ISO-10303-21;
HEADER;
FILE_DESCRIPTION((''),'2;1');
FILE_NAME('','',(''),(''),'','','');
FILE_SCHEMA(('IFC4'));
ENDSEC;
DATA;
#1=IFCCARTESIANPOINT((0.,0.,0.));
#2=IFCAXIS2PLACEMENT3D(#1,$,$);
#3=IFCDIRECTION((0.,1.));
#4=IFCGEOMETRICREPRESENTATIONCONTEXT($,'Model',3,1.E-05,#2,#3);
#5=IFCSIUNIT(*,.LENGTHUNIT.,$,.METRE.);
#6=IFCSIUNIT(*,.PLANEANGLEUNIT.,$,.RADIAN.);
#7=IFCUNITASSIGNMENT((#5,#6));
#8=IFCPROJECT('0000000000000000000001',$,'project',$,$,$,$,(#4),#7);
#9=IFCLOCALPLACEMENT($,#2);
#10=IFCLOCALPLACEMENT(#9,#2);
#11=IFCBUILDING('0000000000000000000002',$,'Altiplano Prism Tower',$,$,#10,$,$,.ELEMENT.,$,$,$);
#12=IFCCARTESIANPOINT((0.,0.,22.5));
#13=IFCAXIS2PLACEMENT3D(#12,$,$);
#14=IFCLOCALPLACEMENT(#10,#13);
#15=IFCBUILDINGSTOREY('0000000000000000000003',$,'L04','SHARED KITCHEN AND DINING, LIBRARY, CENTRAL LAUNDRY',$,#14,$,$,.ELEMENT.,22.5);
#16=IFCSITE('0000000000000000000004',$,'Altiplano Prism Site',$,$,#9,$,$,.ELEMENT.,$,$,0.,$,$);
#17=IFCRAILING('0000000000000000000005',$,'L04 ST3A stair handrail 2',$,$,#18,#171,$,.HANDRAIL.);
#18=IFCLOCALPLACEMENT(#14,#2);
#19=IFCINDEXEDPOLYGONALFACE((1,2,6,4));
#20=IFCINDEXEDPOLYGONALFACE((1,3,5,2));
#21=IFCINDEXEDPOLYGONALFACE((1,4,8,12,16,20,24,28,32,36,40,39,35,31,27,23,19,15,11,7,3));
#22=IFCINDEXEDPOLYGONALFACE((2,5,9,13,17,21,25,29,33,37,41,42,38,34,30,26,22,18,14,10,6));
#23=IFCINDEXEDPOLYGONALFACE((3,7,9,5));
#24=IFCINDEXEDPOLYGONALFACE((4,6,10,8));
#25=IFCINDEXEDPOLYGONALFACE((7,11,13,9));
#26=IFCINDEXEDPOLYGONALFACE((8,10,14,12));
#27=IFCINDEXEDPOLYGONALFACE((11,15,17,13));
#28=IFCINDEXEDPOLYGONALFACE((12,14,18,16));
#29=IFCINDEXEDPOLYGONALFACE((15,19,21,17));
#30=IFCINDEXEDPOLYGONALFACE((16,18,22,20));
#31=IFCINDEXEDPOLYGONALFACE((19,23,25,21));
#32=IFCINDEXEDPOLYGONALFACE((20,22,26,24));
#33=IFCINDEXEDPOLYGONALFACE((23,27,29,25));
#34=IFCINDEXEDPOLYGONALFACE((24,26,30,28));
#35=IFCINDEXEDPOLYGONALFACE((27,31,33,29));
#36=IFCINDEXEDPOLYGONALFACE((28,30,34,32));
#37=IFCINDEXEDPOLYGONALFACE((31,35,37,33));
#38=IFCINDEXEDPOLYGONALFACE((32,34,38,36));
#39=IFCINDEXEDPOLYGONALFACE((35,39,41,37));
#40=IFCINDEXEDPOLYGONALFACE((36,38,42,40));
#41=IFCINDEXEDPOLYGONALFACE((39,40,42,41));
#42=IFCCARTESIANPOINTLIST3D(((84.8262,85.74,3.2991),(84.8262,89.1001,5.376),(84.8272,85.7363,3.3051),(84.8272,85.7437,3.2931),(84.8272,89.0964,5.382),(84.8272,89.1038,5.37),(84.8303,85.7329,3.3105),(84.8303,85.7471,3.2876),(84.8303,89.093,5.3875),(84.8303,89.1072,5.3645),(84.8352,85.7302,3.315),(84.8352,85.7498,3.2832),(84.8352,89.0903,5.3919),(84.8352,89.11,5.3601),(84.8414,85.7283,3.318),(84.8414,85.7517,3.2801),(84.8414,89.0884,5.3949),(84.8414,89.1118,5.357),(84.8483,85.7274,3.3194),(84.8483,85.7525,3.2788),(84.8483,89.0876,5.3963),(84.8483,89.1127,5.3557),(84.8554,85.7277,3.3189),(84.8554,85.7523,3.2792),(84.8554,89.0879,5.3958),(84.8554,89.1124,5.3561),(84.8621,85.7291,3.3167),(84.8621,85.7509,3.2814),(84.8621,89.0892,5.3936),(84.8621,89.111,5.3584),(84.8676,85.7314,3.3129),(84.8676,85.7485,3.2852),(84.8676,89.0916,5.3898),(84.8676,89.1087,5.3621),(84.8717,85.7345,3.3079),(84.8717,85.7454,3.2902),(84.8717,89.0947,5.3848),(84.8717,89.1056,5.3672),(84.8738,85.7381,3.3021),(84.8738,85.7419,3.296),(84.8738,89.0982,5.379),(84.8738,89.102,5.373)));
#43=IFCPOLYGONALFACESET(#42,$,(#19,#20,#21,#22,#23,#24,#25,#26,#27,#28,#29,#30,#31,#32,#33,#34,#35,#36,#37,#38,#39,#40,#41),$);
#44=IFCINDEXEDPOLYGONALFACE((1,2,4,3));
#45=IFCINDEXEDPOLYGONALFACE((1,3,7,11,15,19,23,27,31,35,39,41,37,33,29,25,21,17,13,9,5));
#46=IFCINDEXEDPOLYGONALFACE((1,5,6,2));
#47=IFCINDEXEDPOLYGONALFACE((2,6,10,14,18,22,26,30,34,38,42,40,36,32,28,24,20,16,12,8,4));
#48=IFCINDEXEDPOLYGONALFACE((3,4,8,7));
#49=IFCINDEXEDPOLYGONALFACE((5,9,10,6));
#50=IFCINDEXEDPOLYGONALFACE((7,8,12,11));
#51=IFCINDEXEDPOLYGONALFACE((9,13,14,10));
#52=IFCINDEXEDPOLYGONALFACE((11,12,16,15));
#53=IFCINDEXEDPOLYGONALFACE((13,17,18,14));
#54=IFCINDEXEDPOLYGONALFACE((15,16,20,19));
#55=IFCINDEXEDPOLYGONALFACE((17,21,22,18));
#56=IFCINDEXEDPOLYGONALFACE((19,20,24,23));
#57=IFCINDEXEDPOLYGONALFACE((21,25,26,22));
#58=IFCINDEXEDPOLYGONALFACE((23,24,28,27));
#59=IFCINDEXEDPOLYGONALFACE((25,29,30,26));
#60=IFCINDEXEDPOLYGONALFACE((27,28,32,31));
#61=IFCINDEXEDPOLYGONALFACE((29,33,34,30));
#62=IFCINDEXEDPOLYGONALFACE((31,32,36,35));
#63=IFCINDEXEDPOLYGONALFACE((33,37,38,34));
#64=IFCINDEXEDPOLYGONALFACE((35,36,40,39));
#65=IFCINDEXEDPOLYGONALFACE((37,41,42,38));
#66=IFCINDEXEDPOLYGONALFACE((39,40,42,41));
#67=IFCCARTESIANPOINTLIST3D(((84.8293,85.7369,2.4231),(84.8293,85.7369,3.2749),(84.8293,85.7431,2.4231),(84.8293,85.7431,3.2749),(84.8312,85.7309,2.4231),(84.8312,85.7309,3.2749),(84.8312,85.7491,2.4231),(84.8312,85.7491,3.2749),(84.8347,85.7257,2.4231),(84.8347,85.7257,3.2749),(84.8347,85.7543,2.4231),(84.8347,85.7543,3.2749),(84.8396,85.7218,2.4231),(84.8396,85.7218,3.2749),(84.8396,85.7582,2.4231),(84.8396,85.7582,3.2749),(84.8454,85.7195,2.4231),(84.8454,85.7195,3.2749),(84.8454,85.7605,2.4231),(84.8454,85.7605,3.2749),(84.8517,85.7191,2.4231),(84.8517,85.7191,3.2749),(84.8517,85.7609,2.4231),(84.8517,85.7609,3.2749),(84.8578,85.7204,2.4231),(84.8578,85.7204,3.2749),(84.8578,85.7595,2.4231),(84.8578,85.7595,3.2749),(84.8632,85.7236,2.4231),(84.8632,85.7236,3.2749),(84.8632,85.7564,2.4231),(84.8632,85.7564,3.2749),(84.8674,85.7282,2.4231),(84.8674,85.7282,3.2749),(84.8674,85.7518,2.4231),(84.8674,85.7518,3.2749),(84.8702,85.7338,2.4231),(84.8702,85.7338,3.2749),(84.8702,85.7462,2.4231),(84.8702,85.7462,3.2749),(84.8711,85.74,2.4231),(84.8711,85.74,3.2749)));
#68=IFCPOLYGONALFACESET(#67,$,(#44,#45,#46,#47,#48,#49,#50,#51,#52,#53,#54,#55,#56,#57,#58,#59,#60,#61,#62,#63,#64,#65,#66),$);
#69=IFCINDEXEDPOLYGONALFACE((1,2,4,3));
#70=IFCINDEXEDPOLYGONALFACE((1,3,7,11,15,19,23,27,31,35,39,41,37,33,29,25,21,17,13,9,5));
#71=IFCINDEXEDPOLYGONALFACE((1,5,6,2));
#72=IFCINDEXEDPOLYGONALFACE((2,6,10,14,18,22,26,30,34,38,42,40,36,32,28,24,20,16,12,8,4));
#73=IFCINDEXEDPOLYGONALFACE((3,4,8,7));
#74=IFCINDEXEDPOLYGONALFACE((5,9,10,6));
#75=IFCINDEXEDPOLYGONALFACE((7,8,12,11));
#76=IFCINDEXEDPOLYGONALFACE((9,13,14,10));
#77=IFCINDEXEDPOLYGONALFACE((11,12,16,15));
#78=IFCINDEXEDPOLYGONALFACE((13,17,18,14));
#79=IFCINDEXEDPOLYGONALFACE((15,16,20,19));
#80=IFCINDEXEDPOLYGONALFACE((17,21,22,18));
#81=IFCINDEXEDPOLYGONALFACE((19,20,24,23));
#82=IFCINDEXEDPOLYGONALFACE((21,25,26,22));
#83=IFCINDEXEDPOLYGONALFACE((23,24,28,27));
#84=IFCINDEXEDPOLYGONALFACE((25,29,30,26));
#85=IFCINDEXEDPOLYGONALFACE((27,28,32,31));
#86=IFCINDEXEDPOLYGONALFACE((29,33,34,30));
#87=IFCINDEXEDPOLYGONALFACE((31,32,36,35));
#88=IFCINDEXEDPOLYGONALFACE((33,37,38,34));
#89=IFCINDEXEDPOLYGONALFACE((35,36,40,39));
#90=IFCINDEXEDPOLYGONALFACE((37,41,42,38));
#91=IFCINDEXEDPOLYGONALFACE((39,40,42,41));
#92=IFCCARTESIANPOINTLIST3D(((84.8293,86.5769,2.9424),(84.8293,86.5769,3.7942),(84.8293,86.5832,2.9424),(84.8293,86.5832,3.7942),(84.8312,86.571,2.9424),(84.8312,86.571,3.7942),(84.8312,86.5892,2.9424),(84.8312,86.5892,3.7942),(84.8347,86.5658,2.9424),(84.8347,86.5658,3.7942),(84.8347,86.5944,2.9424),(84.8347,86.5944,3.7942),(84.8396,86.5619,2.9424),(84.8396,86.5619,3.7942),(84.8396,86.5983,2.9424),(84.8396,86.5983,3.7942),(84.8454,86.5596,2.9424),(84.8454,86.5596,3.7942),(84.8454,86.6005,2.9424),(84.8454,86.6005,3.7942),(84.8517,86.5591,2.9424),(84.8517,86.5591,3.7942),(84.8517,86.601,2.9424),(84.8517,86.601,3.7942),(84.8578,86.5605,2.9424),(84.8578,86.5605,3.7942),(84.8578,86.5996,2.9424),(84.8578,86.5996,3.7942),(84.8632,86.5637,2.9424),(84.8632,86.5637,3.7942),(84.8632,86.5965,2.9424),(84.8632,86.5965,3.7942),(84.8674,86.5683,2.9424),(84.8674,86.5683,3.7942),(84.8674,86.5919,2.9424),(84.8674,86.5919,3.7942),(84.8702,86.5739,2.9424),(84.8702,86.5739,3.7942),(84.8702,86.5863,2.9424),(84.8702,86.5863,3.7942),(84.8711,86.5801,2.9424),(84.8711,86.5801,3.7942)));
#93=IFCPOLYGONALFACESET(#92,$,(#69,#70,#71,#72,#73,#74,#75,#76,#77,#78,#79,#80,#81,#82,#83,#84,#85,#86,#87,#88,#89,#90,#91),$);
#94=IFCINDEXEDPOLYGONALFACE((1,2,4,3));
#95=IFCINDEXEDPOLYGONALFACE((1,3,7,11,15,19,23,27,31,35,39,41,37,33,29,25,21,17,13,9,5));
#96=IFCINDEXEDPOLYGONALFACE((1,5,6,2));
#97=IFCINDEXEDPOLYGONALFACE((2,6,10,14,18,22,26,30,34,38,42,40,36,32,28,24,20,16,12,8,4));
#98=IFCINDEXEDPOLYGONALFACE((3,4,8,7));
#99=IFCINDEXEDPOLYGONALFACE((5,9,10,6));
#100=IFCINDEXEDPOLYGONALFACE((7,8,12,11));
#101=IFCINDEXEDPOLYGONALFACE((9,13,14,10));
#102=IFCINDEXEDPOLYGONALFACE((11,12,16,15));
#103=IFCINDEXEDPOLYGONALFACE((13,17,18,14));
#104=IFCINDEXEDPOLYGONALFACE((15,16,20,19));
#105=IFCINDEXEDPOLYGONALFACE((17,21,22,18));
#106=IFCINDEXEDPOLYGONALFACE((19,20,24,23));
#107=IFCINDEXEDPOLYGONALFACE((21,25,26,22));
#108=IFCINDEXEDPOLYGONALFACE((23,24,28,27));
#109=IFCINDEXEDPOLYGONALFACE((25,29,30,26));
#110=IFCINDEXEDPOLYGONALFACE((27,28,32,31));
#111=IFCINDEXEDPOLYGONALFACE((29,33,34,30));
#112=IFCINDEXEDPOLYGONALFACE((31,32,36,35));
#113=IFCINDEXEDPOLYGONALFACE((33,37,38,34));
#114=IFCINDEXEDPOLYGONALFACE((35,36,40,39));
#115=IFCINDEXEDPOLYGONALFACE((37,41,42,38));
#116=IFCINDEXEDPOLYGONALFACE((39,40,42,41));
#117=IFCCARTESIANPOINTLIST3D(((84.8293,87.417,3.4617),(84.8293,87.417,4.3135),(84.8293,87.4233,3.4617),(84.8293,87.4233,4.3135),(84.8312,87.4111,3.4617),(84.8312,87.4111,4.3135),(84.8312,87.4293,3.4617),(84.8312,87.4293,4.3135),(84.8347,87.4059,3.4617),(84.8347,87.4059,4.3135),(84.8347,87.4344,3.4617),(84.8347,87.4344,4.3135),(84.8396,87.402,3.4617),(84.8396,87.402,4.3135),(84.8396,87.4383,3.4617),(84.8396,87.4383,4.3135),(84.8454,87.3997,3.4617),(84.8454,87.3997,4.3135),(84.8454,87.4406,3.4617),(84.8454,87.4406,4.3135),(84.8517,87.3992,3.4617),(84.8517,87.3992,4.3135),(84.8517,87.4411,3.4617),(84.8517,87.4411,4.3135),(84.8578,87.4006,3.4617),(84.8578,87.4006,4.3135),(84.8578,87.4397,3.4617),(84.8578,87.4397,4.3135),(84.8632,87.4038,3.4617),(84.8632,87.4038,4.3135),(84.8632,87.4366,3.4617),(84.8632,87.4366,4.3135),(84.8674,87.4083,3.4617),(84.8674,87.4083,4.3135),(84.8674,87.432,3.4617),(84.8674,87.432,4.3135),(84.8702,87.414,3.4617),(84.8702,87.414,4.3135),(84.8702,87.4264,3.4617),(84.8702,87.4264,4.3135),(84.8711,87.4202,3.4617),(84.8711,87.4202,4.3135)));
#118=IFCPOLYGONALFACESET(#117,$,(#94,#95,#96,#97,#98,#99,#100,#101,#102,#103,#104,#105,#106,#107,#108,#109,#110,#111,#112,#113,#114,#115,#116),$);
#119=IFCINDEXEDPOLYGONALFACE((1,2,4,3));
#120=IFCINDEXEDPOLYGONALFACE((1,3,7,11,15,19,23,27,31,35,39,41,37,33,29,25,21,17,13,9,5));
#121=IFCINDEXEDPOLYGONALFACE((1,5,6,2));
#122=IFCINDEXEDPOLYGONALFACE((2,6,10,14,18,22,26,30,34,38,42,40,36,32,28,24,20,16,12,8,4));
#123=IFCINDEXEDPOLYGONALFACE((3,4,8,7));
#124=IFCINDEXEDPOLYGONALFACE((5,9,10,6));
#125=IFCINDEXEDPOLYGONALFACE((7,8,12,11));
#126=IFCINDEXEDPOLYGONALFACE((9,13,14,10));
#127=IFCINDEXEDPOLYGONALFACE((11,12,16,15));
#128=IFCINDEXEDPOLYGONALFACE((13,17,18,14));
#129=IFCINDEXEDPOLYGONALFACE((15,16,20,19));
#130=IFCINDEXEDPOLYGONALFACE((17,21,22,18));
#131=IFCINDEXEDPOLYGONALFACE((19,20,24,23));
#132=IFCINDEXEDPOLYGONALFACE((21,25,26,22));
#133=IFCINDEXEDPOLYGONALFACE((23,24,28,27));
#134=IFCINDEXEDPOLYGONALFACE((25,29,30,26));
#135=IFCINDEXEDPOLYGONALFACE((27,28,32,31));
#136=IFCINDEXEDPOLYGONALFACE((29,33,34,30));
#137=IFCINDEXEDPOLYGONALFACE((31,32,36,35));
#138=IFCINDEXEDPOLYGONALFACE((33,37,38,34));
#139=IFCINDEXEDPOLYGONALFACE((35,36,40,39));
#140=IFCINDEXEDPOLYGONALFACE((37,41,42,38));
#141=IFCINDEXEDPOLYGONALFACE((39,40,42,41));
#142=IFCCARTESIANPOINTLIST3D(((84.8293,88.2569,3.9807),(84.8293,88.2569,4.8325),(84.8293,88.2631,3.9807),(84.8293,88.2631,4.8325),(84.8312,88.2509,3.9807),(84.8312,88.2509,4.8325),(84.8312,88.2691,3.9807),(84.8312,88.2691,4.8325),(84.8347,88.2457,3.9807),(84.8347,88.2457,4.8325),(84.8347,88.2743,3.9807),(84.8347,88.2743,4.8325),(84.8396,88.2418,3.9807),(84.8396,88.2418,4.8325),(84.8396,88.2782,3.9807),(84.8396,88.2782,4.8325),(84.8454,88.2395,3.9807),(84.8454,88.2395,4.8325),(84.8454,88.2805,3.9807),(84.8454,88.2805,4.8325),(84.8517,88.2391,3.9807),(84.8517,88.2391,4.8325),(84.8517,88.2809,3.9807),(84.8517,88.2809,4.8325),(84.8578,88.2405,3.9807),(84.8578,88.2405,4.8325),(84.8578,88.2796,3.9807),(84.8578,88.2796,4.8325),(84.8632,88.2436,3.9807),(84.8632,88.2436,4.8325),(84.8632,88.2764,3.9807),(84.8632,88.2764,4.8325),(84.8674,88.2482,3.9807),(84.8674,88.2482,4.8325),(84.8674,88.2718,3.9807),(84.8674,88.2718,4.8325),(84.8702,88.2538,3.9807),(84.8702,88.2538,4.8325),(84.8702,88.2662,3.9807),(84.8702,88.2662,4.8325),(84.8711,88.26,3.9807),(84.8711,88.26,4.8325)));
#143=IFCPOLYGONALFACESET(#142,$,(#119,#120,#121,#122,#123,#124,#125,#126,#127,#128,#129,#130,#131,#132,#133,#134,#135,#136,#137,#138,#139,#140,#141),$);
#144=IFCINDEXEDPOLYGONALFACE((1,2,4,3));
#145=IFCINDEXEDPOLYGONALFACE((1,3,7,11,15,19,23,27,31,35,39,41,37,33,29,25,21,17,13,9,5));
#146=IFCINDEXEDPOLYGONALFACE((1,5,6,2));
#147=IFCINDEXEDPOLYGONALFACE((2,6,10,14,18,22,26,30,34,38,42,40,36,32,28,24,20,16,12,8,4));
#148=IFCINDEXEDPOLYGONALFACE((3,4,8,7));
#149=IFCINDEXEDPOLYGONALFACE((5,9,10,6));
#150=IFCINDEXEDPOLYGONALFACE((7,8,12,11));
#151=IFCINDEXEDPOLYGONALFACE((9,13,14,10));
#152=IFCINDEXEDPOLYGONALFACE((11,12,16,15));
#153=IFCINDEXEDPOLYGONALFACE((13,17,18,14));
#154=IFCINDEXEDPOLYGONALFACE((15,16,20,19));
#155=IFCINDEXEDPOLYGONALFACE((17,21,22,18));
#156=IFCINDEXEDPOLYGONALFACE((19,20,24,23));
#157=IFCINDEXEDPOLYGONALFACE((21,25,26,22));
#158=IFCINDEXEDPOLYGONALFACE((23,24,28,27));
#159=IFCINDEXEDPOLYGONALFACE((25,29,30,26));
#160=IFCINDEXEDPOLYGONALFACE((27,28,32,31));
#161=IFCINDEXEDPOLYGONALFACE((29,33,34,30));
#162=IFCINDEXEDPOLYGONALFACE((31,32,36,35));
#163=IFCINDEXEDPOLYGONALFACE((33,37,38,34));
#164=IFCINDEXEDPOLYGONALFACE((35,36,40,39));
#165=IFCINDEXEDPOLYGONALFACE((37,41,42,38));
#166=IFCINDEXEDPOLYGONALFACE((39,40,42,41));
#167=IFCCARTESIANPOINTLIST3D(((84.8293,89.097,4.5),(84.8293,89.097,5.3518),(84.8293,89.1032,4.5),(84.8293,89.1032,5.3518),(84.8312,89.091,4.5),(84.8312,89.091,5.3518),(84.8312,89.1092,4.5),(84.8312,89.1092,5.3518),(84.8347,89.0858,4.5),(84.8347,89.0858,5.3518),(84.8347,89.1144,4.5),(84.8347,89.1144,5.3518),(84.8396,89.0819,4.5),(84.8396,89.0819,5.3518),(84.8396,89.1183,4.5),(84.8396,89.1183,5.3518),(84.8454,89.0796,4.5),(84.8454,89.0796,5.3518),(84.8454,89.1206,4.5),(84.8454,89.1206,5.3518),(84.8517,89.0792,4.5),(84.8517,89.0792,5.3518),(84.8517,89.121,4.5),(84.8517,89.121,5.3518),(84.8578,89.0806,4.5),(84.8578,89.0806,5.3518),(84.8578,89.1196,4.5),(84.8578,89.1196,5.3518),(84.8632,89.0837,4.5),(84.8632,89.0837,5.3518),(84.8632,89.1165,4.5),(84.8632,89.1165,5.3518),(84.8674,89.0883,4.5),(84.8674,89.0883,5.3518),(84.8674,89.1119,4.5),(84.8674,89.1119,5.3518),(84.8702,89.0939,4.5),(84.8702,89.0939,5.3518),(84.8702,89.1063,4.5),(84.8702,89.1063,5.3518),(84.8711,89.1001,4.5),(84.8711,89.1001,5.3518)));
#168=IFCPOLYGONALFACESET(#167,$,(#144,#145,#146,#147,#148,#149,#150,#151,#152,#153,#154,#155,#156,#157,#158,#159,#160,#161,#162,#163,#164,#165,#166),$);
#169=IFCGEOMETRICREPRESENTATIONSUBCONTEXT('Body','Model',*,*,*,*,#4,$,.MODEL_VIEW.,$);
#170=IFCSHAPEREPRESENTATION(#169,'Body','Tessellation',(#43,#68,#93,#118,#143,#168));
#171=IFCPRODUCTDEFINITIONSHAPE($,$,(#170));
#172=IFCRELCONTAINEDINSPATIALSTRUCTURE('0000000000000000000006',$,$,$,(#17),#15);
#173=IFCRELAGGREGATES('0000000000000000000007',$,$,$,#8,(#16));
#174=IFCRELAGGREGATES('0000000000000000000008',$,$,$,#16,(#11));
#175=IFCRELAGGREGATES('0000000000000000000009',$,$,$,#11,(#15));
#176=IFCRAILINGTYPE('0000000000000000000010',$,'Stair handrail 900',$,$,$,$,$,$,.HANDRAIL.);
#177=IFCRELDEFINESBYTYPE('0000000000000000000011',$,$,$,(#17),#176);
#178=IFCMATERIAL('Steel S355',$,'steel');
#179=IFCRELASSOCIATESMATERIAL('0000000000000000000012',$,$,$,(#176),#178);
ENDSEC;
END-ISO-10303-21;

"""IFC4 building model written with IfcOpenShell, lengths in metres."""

from ifc_helpers import new_model, si_unit, direction, frame, origin, origin_2d, place, context, subcontext, project, spatial, circle, extrude, material, type_object, element, save


model = new_model("IFC4")

# Units and contexts
model_context = context("Model", 3, precision=1e-05, world=origin(), true_north=direction((0.0, 1.0)))
body_context = subcontext(model_context, "Body", "Model", "MODEL_VIEW")
ifc_project = project(units=[si_unit("LENGTHUNIT", "METRE"), si_unit("PLANEANGLEUNIT", "RADIAN")], contexts=[model_context])

# Site, building, storey
site_placement = place(None, origin())
site = spatial("IfcSite", under=ifc_project, at=site_placement, Name="Altiplano Prism Site", CompositionType="ELEMENT", RefElevation=0.0)
building_placement = place(site_placement, origin())
building = spatial("IfcBuilding", under=site, at=building_placement, Name="Altiplano Prism Tower", CompositionType="ELEMENT")
storey_placement = place(building_placement, frame((0.0, 0.0, 22.5)))
storey = spatial("IfcBuildingStorey", under=building, at=storey_placement, Name="L04", Description="SHARED KITCHEN AND DINING, LIBRARY, CENTRAL LAUNDRY", CompositionType="ELEMENT", Elevation=22.5)

# Shared definitions
ifc_material_1 = material(Name="Steel S355", Category="steel")

# Railing
railing_type = type_object("IfcRailingType", Name="Stair handrail 900", PredefinedType="HANDRAIL", material=ifc_material_1)
for number, where, name in (
    (1, (84.8501, 85.74, 2.4231), "L04 ST3A stair handrail 2"),
):
    element("IfcRailing", number, at=place(storey_placement, frame(where)), inside=storey, type_object=railing_type, Name=name, PredefinedType="HANDRAIL", context=body_context, shape_type="SweptSolid", body=[
        extrude(circle(Radius=0.0239, at=origin_2d()), frame((0.0, 0.0, 0.876), z_axis=(0.0, 0.850623, 0.525776), x_axis=(-1.0, 0.0, 0.0)), (0.0, 0.0, 1.0), 3.9502),
        extrude(circle(Radius=0.021, at=origin_2d()), origin(), (0.0, 0.0, 1.0), 0.8518),
        extrude(circle(Radius=0.021, at=origin_2d()), frame((0.0, 0.8401, 0.5193)), (0.0, 0.0, 1.0), 0.8518),
        extrude(circle(Radius=0.021, at=origin_2d()), frame((0.0, 1.6802, 1.0386)), (0.0, 0.0, 1.0), 0.8518),
        extrude(circle(Radius=0.021, at=origin_2d()), frame((0.0, 2.52, 1.5576)), (0.0, 0.0, 1.0), 0.8518),
        extrude(circle(Radius=0.021, at=origin_2d()), frame((0.0, 3.3601, 2.0769)), (0.0, 0.0, 1.0), 0.8518),
    ])

save(model, "model.ifc")
